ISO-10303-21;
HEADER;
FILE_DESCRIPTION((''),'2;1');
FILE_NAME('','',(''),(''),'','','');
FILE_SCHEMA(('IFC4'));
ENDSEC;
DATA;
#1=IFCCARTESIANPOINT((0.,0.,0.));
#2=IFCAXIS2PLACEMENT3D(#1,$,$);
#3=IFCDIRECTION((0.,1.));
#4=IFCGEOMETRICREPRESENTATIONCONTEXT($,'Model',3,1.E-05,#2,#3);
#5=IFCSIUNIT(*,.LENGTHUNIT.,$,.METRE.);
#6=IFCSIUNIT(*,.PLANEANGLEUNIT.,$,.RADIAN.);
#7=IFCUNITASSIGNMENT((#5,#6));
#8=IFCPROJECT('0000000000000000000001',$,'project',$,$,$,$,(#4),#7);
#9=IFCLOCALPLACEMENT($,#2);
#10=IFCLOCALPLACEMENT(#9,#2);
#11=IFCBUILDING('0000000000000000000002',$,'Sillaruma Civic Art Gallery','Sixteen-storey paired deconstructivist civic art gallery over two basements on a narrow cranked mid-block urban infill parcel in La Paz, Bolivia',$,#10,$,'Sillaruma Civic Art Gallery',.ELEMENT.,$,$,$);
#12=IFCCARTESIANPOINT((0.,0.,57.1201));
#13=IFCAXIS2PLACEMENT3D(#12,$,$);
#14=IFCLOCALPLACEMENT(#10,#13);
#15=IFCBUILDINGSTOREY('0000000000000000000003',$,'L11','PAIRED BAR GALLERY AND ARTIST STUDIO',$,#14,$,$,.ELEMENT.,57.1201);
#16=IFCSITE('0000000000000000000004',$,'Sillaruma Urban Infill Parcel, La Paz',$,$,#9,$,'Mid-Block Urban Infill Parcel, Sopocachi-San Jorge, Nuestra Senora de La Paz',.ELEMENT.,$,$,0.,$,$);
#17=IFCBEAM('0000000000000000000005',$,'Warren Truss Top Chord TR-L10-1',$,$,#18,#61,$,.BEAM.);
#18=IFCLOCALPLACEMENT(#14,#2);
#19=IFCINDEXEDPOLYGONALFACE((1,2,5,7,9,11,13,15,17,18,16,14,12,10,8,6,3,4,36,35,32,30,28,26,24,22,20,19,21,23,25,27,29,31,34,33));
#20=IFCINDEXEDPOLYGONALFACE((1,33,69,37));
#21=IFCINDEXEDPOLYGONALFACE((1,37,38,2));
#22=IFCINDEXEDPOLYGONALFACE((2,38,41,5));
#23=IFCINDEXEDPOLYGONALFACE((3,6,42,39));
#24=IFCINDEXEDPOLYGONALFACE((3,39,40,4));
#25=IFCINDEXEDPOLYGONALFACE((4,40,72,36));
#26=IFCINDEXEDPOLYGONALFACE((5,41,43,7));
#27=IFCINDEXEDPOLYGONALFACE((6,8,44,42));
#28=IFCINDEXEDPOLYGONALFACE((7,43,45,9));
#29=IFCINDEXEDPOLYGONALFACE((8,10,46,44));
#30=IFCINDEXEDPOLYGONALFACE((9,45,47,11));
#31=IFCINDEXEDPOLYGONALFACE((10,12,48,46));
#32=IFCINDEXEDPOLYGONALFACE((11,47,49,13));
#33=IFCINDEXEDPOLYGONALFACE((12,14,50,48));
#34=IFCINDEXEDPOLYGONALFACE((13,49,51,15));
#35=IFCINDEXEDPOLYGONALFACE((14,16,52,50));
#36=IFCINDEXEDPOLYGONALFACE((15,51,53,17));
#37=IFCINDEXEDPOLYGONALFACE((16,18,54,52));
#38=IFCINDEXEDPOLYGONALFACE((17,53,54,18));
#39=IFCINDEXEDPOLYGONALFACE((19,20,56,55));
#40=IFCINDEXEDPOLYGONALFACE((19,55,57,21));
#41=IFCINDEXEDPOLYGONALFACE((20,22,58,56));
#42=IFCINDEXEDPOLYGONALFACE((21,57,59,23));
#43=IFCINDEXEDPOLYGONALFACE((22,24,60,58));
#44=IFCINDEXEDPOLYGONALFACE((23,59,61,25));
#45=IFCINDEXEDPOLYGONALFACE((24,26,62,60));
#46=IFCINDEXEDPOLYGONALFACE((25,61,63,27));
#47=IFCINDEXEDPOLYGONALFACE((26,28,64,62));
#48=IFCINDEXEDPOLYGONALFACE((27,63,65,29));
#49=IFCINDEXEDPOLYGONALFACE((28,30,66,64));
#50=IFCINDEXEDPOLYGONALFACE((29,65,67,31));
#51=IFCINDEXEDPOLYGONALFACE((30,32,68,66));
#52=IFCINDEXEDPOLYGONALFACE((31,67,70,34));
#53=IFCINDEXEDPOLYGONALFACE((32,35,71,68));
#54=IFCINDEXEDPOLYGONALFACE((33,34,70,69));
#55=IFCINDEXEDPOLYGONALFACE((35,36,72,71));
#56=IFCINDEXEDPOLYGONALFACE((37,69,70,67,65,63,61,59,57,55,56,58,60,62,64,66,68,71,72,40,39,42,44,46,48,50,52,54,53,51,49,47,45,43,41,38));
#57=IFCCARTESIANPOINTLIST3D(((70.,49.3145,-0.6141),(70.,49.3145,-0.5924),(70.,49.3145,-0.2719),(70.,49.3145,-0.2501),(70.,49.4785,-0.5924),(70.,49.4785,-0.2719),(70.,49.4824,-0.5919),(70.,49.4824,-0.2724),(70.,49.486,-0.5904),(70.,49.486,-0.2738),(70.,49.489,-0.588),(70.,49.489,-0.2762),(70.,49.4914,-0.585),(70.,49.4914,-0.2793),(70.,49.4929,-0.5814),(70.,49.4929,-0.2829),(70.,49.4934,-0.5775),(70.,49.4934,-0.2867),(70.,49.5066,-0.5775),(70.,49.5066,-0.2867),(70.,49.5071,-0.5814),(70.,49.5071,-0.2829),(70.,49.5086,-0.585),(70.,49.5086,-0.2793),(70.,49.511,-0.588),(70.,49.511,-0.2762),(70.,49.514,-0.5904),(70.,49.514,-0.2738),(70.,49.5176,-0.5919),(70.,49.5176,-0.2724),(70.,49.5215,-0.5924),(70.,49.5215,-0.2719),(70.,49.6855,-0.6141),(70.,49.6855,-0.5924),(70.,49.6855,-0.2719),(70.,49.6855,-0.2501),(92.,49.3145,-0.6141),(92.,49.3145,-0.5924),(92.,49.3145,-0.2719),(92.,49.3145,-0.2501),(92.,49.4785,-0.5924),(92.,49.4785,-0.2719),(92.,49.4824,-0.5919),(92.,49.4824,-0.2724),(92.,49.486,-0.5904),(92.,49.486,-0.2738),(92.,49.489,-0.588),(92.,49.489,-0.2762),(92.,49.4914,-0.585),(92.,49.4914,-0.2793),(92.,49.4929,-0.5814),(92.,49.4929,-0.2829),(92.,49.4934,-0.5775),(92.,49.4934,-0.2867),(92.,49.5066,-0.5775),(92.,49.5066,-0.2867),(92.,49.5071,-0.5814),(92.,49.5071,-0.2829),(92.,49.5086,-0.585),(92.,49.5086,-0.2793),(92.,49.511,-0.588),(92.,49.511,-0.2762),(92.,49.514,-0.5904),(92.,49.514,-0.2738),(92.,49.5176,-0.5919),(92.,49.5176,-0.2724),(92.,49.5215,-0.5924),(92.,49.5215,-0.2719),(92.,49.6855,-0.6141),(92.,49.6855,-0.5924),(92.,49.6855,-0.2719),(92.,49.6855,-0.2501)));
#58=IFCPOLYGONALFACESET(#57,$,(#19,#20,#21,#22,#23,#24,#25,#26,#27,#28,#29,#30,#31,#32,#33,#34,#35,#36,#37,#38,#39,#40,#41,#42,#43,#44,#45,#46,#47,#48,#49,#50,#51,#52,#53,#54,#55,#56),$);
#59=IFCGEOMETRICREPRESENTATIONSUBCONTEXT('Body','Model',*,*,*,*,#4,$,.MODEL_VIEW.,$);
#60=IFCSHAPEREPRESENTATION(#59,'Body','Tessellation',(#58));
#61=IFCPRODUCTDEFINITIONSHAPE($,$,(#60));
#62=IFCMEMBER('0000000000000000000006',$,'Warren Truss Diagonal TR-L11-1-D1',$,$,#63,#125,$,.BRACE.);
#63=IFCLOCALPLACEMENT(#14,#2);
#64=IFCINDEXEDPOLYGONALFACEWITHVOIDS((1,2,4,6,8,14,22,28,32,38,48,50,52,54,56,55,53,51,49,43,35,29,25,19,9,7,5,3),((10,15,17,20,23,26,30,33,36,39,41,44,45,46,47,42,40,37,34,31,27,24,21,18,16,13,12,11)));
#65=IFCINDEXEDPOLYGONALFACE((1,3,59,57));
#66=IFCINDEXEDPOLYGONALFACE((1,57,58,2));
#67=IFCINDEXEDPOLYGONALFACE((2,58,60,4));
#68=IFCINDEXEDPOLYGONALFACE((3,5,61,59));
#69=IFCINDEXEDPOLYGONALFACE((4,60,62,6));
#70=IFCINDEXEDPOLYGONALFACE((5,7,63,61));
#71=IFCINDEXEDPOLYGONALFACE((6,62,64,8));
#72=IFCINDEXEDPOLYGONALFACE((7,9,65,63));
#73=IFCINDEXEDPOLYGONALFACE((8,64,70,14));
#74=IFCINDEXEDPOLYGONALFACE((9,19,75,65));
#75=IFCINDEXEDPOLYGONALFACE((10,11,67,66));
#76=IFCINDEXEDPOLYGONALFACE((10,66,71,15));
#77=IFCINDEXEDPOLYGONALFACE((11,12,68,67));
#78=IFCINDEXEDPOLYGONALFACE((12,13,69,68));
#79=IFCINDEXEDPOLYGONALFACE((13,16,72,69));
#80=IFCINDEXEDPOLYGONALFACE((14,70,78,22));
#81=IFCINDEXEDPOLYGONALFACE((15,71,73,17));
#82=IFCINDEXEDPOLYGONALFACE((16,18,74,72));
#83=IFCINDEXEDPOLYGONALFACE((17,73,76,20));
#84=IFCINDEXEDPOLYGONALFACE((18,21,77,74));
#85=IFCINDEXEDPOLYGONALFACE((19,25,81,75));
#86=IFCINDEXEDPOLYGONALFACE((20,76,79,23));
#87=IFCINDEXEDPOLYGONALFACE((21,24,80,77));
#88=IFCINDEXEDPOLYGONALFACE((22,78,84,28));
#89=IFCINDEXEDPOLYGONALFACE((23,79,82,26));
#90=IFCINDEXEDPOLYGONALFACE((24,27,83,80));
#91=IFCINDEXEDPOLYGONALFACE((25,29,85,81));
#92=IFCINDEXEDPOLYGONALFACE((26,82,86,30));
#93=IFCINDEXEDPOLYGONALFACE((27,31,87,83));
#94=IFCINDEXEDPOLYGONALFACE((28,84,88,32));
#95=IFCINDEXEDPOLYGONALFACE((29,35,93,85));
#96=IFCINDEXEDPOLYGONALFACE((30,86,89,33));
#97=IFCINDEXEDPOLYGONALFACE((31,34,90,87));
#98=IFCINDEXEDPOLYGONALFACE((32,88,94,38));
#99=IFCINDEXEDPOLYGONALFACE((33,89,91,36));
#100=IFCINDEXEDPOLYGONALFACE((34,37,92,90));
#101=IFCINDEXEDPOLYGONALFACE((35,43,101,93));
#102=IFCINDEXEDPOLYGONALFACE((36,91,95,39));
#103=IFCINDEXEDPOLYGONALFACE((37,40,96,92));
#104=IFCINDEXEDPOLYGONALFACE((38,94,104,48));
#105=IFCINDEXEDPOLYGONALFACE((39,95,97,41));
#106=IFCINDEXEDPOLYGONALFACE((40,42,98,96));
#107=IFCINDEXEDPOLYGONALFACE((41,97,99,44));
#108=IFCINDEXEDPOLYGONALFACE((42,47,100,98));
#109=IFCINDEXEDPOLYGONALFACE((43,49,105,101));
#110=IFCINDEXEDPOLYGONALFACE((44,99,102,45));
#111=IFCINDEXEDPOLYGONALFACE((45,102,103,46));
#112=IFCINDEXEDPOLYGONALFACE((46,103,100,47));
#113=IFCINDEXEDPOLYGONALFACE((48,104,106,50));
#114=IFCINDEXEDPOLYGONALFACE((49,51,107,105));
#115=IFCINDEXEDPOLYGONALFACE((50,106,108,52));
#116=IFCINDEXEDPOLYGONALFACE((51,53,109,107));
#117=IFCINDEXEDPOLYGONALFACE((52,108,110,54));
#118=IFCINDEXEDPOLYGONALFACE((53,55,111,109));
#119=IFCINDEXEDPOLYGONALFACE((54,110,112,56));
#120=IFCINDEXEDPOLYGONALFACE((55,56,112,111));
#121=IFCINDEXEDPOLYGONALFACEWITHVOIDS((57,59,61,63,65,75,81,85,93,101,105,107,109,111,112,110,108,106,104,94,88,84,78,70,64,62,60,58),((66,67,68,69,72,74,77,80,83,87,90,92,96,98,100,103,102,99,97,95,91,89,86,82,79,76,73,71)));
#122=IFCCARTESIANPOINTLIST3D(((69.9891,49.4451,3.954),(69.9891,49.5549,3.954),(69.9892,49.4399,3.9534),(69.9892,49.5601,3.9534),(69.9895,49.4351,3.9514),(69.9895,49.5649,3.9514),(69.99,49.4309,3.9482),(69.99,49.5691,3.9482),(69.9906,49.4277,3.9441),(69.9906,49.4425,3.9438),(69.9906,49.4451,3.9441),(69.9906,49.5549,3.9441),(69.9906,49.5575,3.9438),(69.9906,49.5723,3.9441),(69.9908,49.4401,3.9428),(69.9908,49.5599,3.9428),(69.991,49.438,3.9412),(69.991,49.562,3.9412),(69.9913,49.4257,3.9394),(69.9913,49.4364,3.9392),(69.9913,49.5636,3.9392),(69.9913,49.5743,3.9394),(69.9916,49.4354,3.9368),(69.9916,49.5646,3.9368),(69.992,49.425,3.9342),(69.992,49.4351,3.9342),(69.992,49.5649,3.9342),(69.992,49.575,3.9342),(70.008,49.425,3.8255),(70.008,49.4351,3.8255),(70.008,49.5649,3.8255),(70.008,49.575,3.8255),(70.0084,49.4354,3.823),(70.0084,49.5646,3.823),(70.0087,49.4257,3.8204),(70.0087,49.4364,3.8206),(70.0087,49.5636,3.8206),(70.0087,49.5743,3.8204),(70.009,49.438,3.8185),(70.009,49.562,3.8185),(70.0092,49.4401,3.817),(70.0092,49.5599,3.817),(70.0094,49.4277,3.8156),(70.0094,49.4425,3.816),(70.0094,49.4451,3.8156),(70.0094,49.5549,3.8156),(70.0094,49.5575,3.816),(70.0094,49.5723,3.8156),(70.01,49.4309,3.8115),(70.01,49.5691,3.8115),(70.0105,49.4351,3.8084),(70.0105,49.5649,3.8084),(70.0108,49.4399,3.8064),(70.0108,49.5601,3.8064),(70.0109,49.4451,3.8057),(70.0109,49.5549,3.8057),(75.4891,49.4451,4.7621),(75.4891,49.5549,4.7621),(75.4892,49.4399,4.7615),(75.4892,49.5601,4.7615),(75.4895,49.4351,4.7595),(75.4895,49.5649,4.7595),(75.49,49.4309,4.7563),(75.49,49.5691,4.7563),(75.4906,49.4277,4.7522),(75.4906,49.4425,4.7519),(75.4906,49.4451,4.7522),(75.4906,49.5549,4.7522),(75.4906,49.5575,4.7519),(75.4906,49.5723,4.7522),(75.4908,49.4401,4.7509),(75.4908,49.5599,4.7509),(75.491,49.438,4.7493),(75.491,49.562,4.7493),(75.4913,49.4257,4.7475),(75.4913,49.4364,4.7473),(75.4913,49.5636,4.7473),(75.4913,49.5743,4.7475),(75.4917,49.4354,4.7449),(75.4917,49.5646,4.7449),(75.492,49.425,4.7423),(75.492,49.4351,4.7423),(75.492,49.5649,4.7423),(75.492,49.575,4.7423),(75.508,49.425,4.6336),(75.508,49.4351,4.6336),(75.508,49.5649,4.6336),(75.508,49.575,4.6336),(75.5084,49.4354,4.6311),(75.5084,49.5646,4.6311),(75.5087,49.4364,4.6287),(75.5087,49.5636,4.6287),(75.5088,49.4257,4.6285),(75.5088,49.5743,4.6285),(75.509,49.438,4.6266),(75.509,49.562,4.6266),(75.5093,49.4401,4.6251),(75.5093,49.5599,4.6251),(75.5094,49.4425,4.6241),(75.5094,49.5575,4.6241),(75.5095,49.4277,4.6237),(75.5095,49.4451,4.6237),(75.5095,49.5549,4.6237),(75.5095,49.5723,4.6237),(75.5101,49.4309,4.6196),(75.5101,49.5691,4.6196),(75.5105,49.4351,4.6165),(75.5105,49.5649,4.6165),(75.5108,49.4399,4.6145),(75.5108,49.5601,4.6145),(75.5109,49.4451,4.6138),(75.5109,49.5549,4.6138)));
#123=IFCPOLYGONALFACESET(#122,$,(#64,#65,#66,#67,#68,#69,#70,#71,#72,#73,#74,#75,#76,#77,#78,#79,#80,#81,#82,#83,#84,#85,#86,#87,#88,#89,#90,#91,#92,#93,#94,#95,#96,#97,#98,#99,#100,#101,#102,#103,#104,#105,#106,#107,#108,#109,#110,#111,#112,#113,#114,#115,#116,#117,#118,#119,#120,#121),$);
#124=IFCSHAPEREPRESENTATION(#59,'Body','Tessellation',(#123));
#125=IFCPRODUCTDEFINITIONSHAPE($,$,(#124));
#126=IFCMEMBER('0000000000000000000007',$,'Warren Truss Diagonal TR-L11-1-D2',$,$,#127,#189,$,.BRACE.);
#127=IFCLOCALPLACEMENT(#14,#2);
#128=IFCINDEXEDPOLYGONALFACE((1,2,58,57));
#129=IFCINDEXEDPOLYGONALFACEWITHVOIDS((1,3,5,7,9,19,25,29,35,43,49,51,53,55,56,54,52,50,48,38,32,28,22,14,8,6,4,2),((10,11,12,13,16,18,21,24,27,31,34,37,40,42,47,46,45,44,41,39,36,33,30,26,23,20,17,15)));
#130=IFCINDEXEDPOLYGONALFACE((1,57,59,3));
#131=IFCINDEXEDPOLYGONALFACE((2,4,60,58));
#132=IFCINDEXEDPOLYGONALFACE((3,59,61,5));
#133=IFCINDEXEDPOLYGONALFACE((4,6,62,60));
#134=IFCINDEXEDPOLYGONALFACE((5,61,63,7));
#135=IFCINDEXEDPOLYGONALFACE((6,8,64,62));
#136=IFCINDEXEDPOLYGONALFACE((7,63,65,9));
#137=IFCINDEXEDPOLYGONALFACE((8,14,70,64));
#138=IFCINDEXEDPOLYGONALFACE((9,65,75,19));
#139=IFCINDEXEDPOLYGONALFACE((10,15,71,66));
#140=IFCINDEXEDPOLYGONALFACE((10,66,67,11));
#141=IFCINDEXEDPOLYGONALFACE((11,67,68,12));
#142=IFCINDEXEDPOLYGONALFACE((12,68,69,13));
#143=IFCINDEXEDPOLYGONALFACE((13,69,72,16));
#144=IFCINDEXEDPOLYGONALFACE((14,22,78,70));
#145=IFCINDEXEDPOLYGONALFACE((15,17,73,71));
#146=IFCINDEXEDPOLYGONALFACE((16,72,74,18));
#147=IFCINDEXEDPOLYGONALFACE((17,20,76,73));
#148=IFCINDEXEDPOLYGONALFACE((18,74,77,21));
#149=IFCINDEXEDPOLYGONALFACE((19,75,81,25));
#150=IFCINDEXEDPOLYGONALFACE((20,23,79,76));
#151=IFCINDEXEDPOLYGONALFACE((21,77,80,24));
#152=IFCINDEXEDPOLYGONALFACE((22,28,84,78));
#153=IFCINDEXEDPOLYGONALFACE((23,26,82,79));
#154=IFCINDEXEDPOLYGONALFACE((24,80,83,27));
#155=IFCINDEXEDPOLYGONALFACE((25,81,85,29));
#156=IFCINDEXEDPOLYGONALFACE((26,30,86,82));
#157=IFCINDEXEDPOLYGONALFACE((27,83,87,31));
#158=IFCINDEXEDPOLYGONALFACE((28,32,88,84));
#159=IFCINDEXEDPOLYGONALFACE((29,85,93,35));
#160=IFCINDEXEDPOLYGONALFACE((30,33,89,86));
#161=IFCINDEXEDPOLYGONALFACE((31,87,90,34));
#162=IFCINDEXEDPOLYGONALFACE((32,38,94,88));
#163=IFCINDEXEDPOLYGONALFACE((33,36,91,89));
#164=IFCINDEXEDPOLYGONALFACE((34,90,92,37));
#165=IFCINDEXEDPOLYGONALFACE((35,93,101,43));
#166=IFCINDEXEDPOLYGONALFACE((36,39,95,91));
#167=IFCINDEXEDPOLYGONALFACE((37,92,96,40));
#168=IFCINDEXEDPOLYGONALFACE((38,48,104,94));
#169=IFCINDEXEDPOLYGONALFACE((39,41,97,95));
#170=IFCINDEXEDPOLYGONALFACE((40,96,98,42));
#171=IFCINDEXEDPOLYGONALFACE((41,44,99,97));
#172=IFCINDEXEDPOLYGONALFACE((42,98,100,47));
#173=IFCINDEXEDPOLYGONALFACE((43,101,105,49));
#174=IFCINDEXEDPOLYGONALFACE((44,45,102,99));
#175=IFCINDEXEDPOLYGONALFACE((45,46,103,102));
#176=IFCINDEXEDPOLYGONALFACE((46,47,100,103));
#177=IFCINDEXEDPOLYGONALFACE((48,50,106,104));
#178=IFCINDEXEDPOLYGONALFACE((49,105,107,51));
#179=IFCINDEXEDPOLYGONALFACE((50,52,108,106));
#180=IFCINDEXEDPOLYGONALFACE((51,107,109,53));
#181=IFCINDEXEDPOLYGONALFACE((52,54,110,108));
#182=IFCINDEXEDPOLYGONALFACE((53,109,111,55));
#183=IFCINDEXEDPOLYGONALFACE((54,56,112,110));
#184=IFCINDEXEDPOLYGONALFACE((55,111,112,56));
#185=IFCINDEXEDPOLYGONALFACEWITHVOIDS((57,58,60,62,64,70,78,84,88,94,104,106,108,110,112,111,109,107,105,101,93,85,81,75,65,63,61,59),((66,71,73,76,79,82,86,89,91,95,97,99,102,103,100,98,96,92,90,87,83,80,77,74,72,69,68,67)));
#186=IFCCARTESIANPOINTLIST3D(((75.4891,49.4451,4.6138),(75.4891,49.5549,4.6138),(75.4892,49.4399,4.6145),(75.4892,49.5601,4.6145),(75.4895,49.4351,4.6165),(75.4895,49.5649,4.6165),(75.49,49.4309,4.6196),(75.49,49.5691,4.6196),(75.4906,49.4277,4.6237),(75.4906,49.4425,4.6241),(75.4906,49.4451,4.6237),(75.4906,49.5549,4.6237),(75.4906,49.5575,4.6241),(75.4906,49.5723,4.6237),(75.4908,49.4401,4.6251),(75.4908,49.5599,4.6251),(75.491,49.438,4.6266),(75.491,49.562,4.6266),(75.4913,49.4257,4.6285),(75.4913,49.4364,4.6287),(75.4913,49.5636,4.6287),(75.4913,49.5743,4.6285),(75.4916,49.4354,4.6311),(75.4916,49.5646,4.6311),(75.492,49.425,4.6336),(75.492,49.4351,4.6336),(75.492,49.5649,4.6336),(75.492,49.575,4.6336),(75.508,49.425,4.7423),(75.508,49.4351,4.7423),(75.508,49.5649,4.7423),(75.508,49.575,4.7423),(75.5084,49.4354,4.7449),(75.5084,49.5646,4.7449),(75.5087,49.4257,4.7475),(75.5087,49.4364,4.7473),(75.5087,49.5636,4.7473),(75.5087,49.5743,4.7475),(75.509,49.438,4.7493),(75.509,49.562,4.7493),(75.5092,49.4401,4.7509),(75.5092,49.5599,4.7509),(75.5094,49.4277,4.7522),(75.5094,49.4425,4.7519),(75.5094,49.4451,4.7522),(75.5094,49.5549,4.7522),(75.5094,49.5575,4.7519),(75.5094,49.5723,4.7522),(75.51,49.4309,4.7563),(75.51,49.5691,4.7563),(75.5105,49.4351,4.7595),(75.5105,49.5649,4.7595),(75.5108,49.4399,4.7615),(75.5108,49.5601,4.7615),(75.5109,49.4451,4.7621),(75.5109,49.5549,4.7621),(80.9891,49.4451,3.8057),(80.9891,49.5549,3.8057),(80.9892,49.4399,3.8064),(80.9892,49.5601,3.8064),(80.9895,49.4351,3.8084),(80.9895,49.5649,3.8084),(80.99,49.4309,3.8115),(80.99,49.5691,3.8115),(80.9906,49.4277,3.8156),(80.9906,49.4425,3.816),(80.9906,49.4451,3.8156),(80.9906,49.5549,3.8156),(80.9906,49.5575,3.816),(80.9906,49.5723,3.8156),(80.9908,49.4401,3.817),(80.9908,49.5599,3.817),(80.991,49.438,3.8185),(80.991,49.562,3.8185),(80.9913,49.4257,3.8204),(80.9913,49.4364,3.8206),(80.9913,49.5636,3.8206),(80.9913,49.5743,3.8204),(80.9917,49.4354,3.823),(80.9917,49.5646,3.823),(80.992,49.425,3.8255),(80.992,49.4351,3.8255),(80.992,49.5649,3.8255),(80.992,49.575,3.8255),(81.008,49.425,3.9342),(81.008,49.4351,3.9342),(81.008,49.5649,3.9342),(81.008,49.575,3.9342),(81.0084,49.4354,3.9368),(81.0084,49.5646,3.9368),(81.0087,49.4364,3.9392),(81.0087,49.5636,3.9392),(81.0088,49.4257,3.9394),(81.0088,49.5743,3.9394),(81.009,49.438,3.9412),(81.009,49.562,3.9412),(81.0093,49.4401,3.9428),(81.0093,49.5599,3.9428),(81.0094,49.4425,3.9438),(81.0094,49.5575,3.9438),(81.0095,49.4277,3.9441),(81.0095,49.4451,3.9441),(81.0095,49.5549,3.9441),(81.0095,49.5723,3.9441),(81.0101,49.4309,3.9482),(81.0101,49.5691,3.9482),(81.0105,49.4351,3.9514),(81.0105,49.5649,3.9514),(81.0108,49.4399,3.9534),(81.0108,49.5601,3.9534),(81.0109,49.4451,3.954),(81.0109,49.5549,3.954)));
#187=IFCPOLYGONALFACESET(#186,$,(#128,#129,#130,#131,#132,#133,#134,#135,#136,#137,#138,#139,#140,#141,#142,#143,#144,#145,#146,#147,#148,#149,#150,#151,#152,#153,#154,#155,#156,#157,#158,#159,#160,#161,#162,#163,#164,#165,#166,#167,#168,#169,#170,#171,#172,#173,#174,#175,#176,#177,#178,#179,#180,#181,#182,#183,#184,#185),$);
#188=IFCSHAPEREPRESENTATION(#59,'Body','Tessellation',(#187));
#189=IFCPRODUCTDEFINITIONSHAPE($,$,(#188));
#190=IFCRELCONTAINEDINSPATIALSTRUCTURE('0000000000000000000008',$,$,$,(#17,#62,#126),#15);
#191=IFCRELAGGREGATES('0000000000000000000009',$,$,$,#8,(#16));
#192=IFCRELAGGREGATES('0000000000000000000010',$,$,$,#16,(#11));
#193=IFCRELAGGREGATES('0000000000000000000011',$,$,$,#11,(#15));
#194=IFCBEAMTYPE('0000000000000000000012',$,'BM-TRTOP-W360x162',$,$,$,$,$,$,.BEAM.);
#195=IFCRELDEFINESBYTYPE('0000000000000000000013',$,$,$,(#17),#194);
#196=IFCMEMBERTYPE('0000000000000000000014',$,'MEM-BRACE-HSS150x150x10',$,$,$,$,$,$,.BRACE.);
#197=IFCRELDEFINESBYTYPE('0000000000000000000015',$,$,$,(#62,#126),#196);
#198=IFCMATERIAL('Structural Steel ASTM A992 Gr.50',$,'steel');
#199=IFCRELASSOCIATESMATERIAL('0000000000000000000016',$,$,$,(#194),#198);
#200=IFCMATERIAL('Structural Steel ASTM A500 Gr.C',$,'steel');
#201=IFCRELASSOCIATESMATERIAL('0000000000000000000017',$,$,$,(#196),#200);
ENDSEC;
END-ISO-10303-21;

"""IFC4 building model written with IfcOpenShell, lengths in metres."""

from ifc_helpers import new_model, si_unit, direction, frame, origin, origin_2d, place, context, subcontext, project, spatial, hollow_rectangle, i_section, extrude, material, material_profile, profile_set, type_object, element, save


model = new_model("IFC4")

# Units and contexts
model_context = context("Model", 3, precision=1e-05, world=origin(), true_north=direction((0.0, 1.0)))
body_context = subcontext(model_context, "Body", "Model", "MODEL_VIEW")
ifc_project = project(units=[si_unit("LENGTHUNIT", "METRE"), si_unit("PLANEANGLEUNIT", "RADIAN")], contexts=[model_context])

# Site, building, storey
site_placement = place(None, origin())
site = spatial("IfcSite", under=ifc_project, at=site_placement, Name="Sillaruma Urban Infill Parcel, La Paz", LongName="Mid-Block Urban Infill Parcel, Sopocachi-San Jorge, Nuestra Senora de La Paz", CompositionType="ELEMENT", RefElevation=0.0)
building_placement = place(site_placement, origin())
building = spatial("IfcBuilding", under=site, at=building_placement, Name="Sillaruma Civic Art Gallery", Description="Sixteen-storey paired deconstructivist civic art gallery over two basements on a narrow cranked mid-block urban infill parcel in La Paz, Bolivia", LongName="Sillaruma Civic Art Gallery", CompositionType="ELEMENT")
storey_placement = place(building_placement, frame((0.0, 0.0, 57.1201)))
storey = spatial("IfcBuildingStorey", under=building, at=storey_placement, Name="L11", Description="PAIRED BAR GALLERY AND ARTIST STUDIO", CompositionType="ELEMENT", Elevation=57.1201)

# Beam
ifc_material_1 = material(Name="Structural Steel ASTM A500 Gr.C", Category="steel")
ifc_material_2 = material(Name="Structural Steel ASTM A992 Gr.50", Category="steel")
ifc_material_profile_1 = material_profile(ifc_material_2, i_section(OverallWidth=0.3711, OverallDepth=0.364, WebThickness=0.0132, FlangeThickness=0.0217, FilletRadius=0.0149, at=origin_2d()), Name="W360x162")
ifc_profile_set_1 = profile_set([ifc_material_profile_1], Name="Structural Steel ASTM A992 Gr.50")
beam_type_1 = type_object("IfcBeamType", Name="BM-TRTOP-W360x162", PredefinedType="BEAM", material=ifc_profile_set_1)
beam_1_placement = place(storey_placement, frame((70.0, 49.5, -0.4321), z_axis=(1.0, 0.0, 0.0), x_axis=(0.0, 1.0, 0.0)))
element("IfcBeam", 1, at=beam_1_placement, inside=storey, type_object=beam_type_1, Name="Warren Truss Top Chord TR-L10-1", PredefinedType="BEAM", context=body_context, shape_type="SweptSolid", body=[
    extrude(i_section(OverallWidth=0.3711, OverallDepth=0.364, WebThickness=0.0132, FlangeThickness=0.0217, FilletRadius=0.0149, at=origin_2d()), origin(), (0.0, 0.0, 1.0), 22.0),
])

# Members
ifc_material_profile_2 = material_profile(ifc_material_1, hollow_rectangle(XDim=0.1499, YDim=0.1499, WallThickness=0.01, InnerFilletRadius=0.01, OuterFilletRadius=0.02, at=origin_2d()), Name="HSS150x150x10")
ifc_profile_set_2 = profile_set([ifc_material_profile_2], Name="Structural Steel ASTM A500 Gr.C")
member_type_1 = type_object("IfcMemberType", Name="MEM-BRACE-HSS150x150x10", PredefinedType="BRACE", material=ifc_profile_set_2)
for number, where, z_axis, x_axis, name in (
    (2, (70.0, 49.5, 3.8799), (0.989378, 0.0, 0.145368), (0.0, 1.0, 0.0), "Warren Truss Diagonal TR-L11-1-D1"),
    (3, (75.5, 49.5, 4.688), (0.989378, 0.0, -0.145368), (0.0, 1.0, 0.0), "Warren Truss Diagonal TR-L11-1-D2"),
):
    element("IfcMember", number, at=place(storey_placement, frame(where, z_axis=z_axis, x_axis=x_axis)), inside=storey, type_object=member_type_1, Name=name, PredefinedType="BRACE", context=body_context, shape_type="SweptSolid", body=[
        extrude(hollow_rectangle(XDim=0.1499, YDim=0.1499, WallThickness=0.01, InnerFilletRadius=0.01, OuterFilletRadius=0.02, at=origin_2d()), origin(), (0.0, 0.0, 1.0), 5.5591),
    ])

save(model, "model.ifc")
